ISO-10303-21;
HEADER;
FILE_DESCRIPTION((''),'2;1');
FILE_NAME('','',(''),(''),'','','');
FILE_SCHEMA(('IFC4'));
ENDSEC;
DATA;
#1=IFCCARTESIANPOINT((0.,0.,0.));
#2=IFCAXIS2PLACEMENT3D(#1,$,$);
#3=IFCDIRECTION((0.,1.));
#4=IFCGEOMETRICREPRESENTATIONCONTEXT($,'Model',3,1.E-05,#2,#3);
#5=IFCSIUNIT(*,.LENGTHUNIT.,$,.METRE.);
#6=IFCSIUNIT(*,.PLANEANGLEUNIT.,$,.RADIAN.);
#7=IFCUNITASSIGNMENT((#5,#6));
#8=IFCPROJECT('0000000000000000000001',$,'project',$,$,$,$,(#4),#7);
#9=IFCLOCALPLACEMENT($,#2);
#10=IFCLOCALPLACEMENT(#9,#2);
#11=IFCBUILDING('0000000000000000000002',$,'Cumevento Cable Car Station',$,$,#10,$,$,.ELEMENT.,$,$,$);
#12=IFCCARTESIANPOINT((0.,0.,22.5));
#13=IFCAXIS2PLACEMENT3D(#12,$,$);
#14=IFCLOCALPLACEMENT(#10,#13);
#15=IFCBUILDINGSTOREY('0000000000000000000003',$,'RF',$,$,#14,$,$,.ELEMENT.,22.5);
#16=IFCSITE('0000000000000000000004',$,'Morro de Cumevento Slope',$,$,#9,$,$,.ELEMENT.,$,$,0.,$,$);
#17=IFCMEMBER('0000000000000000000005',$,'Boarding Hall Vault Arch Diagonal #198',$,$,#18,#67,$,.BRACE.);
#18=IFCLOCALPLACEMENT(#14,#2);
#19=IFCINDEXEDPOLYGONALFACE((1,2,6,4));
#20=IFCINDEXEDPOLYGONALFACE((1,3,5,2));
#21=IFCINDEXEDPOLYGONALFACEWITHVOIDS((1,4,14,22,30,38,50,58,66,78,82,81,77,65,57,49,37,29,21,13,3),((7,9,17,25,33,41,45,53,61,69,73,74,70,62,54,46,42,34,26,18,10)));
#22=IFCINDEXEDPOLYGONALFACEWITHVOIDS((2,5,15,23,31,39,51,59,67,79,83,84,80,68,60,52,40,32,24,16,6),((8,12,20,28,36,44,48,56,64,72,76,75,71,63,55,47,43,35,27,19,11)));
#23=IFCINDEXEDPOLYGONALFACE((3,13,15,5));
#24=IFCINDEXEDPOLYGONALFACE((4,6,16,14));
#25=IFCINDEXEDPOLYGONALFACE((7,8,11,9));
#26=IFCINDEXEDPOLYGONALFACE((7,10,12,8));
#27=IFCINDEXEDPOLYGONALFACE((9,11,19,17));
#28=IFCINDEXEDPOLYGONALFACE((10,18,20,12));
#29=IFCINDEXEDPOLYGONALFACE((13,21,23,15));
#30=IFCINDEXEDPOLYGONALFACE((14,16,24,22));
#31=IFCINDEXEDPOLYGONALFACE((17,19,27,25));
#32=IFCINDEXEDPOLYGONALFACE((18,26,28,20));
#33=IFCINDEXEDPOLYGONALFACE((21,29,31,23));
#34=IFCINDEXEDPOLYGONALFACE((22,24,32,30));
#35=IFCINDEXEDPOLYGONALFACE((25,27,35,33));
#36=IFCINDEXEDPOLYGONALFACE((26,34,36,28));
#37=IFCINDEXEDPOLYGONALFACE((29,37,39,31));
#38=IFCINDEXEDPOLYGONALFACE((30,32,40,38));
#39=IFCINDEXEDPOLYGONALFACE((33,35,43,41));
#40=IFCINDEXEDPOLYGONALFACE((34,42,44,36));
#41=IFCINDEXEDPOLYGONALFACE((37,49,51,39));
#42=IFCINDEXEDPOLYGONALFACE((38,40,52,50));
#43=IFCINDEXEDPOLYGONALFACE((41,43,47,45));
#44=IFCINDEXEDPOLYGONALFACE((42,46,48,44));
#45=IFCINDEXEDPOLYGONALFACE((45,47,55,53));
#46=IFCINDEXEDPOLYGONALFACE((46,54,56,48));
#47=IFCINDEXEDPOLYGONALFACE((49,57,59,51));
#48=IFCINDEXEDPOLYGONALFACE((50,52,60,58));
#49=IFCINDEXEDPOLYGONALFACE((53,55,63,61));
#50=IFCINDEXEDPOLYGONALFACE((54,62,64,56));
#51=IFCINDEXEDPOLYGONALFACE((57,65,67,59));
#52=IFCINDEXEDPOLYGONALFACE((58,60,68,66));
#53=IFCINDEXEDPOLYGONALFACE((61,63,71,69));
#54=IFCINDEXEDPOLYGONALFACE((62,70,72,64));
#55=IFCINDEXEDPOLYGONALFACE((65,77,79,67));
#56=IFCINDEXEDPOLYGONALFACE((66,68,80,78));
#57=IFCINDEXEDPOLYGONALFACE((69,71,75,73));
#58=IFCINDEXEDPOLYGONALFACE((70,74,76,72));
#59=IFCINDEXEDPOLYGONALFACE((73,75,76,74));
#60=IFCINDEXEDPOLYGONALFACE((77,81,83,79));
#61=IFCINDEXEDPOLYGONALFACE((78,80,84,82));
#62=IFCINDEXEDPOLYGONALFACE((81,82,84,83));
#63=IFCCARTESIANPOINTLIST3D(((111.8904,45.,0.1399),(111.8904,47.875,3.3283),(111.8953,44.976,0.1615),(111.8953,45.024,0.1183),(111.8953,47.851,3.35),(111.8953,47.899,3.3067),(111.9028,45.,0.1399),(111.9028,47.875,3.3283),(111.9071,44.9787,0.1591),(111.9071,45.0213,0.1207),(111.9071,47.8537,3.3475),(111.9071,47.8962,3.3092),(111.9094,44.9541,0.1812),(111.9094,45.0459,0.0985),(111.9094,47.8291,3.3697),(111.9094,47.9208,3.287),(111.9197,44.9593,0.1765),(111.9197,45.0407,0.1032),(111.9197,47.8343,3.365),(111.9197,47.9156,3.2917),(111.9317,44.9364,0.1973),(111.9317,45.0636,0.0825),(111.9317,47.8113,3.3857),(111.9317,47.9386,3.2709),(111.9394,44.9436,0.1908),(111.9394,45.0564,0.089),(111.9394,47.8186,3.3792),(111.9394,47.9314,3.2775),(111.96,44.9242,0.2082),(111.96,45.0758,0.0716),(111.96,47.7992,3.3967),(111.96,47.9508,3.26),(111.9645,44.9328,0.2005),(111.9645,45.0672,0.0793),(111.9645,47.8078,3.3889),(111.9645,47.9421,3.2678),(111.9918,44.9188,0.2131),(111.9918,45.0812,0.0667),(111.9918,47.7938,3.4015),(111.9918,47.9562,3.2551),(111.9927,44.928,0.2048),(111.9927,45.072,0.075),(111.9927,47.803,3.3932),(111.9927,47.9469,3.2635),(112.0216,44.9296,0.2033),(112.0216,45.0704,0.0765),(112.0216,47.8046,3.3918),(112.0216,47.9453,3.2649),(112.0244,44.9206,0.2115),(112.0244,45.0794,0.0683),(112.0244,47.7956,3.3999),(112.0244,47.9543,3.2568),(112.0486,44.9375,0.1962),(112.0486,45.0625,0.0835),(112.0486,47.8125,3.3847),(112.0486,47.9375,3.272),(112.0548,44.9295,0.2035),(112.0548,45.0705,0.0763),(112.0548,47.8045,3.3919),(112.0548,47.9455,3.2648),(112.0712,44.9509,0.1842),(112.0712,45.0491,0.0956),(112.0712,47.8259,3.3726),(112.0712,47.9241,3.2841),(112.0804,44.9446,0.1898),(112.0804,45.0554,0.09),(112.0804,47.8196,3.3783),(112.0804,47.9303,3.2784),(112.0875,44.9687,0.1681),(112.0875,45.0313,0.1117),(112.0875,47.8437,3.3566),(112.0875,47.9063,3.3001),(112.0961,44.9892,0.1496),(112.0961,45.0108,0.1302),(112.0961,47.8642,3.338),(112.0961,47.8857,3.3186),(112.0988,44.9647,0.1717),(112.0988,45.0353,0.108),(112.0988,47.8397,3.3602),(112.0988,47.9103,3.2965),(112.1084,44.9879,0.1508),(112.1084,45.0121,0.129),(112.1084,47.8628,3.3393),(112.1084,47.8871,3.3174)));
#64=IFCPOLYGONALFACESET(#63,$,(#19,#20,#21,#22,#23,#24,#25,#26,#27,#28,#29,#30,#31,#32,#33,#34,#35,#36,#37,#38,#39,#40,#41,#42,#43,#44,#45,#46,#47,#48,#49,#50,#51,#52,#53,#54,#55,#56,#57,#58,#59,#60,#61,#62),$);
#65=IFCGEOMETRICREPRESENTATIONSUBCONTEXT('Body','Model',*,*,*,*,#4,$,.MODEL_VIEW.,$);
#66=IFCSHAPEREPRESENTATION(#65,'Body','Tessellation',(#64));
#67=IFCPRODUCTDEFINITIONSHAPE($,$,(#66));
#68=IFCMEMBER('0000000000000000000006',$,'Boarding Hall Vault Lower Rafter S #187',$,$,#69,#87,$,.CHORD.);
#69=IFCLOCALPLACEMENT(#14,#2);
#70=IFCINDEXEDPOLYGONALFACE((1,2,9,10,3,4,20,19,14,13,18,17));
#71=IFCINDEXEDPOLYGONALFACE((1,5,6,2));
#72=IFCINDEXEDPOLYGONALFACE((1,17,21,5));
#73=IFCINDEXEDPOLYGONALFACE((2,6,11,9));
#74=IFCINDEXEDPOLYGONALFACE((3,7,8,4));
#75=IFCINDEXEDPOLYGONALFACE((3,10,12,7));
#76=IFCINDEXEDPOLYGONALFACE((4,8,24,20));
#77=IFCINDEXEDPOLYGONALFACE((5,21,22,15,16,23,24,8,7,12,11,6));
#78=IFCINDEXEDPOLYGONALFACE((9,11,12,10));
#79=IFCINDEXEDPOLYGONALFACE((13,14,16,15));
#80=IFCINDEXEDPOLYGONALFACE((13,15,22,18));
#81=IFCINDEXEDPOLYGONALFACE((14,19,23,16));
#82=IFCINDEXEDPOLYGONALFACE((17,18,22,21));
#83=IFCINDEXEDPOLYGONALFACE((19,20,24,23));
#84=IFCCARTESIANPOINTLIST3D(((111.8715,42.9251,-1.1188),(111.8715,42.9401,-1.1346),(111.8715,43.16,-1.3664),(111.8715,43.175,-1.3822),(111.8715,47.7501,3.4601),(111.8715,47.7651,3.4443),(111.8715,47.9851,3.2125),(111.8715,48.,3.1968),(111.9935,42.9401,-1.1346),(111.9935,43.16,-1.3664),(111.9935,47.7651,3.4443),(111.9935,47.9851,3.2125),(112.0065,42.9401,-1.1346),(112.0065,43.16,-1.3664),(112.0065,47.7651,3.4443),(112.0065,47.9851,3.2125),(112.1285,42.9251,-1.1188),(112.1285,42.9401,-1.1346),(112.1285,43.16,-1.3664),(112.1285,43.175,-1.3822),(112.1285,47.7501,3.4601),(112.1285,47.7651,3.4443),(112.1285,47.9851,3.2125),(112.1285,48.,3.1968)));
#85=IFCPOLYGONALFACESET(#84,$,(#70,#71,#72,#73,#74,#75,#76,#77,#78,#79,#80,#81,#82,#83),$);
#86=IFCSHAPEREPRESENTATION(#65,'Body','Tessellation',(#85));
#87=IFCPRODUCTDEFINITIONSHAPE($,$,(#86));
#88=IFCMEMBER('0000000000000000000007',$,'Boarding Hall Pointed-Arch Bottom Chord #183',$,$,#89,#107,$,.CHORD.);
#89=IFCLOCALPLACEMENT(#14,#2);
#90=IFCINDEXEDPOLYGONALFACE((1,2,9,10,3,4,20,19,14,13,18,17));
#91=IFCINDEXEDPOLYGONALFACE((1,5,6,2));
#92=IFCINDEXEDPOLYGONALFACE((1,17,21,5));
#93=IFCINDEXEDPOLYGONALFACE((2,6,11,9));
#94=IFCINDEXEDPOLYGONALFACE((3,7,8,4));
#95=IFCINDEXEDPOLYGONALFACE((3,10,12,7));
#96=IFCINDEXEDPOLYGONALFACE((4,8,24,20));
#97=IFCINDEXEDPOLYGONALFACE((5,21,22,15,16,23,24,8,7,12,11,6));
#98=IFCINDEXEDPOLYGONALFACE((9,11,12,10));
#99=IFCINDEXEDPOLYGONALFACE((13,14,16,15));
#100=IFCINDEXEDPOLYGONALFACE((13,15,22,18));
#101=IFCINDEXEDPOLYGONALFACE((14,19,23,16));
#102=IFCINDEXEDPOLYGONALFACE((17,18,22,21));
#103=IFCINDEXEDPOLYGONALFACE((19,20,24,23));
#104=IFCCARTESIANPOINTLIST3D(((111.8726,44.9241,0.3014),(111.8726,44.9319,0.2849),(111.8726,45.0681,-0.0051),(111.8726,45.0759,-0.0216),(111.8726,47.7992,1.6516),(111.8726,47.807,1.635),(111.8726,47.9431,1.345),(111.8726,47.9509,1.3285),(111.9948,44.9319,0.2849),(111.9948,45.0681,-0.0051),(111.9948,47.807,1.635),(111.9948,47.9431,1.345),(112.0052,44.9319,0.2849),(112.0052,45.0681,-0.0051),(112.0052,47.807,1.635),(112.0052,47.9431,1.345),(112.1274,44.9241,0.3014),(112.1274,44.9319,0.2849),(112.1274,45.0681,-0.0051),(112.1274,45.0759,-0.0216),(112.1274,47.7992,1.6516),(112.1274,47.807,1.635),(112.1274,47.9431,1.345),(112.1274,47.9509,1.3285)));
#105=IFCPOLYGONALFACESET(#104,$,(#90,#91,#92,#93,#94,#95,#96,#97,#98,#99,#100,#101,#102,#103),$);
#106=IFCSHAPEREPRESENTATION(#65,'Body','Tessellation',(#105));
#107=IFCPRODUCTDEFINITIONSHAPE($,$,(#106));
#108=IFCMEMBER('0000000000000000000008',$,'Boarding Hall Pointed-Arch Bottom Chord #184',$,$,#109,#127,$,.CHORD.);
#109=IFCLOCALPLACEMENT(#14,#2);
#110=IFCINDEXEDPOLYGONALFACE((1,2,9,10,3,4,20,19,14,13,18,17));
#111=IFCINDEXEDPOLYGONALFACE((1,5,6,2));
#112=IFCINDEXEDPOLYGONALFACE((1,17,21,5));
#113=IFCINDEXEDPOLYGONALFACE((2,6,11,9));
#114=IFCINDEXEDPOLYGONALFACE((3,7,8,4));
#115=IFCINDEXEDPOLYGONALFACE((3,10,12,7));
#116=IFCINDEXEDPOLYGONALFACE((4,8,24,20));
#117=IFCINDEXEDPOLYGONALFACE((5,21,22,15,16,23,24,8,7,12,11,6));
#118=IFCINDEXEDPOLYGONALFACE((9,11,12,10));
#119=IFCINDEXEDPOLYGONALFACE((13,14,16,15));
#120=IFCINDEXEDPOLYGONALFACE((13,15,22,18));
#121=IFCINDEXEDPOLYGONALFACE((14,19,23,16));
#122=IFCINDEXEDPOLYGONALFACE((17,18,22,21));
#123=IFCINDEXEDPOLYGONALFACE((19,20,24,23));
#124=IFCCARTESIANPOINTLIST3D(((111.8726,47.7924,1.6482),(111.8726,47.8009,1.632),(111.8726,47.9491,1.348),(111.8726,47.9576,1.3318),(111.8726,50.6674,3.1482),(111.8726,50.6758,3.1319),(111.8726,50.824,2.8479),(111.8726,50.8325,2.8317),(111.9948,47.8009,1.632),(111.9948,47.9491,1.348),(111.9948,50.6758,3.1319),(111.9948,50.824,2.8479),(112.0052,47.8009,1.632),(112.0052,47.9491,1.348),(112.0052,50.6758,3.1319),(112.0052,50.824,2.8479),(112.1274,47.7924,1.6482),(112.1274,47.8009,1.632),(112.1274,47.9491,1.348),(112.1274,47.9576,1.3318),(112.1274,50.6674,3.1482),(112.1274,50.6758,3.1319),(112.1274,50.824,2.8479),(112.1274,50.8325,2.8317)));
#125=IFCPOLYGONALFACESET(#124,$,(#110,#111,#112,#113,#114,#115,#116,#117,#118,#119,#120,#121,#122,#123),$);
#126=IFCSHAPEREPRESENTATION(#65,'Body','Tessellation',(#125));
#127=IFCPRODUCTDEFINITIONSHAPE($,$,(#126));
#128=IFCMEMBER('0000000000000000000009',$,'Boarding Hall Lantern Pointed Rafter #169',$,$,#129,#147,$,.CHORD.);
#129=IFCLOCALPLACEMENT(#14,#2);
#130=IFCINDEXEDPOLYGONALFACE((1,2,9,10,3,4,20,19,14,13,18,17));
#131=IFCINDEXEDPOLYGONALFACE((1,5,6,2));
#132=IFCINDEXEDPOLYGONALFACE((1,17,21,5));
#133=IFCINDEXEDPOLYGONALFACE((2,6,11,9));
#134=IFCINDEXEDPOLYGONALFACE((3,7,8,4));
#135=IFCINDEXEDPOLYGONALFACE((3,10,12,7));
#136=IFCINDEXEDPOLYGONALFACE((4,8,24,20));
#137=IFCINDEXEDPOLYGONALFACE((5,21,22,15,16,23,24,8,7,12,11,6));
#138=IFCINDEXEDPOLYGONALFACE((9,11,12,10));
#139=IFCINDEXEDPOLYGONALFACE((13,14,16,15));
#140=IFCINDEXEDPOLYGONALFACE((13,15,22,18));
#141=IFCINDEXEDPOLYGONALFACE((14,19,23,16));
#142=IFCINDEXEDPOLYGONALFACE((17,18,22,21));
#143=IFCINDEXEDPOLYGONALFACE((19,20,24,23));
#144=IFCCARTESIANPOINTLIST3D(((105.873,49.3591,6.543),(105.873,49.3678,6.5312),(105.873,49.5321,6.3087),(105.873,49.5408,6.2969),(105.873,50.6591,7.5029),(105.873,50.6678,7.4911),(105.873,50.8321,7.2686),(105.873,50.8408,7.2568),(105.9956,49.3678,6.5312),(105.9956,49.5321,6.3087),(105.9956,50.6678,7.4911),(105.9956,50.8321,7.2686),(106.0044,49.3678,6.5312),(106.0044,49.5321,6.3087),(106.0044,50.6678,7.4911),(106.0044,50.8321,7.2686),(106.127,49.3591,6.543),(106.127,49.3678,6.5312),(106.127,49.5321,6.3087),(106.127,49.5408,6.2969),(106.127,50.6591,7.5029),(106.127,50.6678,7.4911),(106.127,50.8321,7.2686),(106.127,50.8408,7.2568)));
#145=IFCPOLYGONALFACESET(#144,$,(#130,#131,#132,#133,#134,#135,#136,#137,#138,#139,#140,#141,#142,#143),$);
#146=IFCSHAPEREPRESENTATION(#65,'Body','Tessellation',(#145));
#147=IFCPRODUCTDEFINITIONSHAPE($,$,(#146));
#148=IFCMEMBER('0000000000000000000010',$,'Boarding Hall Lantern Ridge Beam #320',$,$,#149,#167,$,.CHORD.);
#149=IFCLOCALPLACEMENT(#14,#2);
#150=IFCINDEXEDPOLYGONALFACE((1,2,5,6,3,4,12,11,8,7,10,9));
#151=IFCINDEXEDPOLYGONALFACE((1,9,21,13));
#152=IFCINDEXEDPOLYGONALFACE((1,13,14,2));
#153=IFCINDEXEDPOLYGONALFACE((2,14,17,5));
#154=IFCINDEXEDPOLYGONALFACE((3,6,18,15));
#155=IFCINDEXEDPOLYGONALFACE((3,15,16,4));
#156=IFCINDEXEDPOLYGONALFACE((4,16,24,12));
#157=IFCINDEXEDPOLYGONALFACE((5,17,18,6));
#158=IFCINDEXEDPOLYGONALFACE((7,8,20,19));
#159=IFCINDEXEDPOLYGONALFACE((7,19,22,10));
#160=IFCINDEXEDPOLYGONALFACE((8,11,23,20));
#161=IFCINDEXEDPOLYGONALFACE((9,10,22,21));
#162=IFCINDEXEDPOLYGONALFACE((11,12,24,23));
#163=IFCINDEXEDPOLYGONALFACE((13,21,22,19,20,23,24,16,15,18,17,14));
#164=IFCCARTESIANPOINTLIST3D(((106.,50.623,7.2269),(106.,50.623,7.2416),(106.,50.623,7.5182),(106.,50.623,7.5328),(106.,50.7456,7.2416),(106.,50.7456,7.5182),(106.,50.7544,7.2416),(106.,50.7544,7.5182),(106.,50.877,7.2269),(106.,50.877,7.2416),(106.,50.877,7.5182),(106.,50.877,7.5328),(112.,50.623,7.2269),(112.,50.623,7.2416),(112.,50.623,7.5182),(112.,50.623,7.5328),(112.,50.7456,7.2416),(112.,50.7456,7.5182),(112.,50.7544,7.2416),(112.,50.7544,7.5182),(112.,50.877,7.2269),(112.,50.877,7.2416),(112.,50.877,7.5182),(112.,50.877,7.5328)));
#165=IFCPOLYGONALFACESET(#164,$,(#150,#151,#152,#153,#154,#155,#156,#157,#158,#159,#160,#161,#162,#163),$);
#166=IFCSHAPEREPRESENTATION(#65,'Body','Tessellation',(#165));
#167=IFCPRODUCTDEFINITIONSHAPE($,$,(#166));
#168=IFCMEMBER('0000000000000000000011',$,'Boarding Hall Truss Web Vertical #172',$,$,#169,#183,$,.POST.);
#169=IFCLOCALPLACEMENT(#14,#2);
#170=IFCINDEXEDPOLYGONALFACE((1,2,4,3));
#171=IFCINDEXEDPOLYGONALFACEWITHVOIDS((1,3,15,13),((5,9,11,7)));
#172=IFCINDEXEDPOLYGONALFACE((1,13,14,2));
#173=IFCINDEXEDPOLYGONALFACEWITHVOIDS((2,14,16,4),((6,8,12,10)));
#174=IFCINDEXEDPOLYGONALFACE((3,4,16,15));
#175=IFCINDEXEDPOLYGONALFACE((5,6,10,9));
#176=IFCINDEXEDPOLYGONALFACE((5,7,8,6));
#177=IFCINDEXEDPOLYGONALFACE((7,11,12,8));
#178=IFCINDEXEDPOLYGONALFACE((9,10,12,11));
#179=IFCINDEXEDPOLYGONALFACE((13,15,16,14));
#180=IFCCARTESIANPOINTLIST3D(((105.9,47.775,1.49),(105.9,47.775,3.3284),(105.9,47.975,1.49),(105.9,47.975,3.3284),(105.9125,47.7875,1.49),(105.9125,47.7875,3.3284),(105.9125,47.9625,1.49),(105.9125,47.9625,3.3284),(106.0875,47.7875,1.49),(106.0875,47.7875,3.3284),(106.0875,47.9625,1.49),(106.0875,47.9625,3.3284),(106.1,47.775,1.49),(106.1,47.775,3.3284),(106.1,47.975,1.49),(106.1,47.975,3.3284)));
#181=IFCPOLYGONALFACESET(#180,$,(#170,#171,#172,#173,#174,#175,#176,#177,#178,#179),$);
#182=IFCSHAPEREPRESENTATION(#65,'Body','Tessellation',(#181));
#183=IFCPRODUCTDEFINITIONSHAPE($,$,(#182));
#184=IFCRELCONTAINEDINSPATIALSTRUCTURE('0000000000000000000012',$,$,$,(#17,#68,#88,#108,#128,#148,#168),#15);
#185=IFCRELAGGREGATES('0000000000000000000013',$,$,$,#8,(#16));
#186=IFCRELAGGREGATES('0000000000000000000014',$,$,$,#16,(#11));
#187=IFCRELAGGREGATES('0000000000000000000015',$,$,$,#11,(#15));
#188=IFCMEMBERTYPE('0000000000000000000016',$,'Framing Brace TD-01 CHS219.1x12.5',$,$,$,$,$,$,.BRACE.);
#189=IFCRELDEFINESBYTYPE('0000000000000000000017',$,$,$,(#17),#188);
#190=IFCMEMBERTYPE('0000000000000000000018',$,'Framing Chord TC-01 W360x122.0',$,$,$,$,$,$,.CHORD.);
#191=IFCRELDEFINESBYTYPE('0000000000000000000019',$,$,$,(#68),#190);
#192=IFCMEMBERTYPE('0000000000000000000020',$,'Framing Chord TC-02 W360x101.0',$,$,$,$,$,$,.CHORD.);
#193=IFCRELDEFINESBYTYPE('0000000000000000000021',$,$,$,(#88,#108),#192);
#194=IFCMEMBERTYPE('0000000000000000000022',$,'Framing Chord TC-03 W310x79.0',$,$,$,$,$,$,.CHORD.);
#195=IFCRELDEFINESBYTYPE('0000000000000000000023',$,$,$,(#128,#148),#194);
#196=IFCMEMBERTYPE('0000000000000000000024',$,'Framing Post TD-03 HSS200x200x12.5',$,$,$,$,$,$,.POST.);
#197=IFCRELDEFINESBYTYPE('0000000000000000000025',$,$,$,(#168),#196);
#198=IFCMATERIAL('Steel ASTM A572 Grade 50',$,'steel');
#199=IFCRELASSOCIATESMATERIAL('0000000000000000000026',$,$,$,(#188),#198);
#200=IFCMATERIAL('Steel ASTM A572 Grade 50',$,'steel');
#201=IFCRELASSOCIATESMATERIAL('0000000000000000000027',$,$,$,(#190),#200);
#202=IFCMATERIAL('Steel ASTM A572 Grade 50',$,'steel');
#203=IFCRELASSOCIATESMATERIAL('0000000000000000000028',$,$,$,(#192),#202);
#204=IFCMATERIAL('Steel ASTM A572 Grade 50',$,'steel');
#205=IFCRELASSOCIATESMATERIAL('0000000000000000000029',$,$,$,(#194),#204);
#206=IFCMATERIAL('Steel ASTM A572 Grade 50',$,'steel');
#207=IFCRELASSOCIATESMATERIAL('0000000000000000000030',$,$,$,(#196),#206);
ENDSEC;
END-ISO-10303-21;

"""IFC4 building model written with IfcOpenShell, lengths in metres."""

from ifc_helpers import new_model, si_unit, direction, frame, origin, origin_2d, place, context, subcontext, project, spatial, hollow_rectangle, hollow_circle, i_section, extrude, material, material_profile, profile_set, type_object, element, save


model = new_model("IFC4")

# Units and contexts
model_context = context("Model", 3, precision=1e-05, world=origin(), true_north=direction((0.0, 1.0)))
body_context = subcontext(model_context, "Body", "Model", "MODEL_VIEW")
ifc_project = project(units=[si_unit("LENGTHUNIT", "METRE"), si_unit("PLANEANGLEUNIT", "RADIAN")], contexts=[model_context])

# Site, building, storey
site_placement = place(None, origin())
site = spatial("IfcSite", under=ifc_project, at=site_placement, Name="Morro de Cumevento Slope", CompositionType="ELEMENT", RefElevation=0.0)
building_placement = place(site_placement, origin())
building = spatial("IfcBuilding", under=site, at=building_placement, Name="Cumevento Cable Car Station", CompositionType="ELEMENT")
storey_placement = place(building_placement, frame((0.0, 0.0, 22.5)))
storey = spatial("IfcBuildingStorey", under=building, at=storey_placement, Name="RF", CompositionType="ELEMENT", Elevation=22.5)

# Members
ifc_material_1 = material(Name="Steel ASTM A572 Grade 50", Category="steel")
ifc_material_profile_1 = material_profile(ifc_material_1, hollow_circle(Radius=0.1096, WallThickness=0.0125, at=origin_2d()), Name="CHS219.1x12.5")
ifc_profile_set_1 = profile_set([ifc_material_profile_1], Name="Steel ASTM A572 Grade 50")
member_type_1 = type_object("IfcMemberType", Name="Framing Brace TD-01 CHS219.1x12.5", PredefinedType="BRACE", material=ifc_profile_set_1)
member_1_placement = place(storey_placement, frame((112.0, 45.0, 0.1399), z_axis=(0.0, 0.669656, 0.742672), x_axis=(-1.0, 0.0, 0.0)))
element("IfcMember", 1, at=member_1_placement, inside=storey, type_object=member_type_1, Name="Boarding Hall Vault Arch Diagonal #198", PredefinedType="BRACE", context=body_context, shape_type="SweptSolid", body=[
    extrude(hollow_circle(Radius=0.1096, WallThickness=0.0125, at=origin_2d()), origin(), (0.0, 0.0, 1.0), 4.2932),
])
ifc_material_2 = material(Name="Steel ASTM A572 Grade 50", Category="steel")
ifc_material_profile_2 = material_profile(ifc_material_2, i_section(OverallWidth=0.2571, OverallDepth=0.363, WebThickness=0.0129, FlangeThickness=0.0217, at=origin_2d()), Name="W360x122.0")
ifc_profile_set_2 = profile_set([ifc_material_profile_2], Name="Steel ASTM A572 Grade 50")
member_type_2 = type_object("IfcMemberType", Name="Framing Chord TC-01 W360x122.0", PredefinedType="CHORD", material=ifc_profile_set_2)
member_2_placement = place(storey_placement, frame((112.0, 43.05, -1.2505), z_axis=(0.0, 0.725363, 0.688366), x_axis=(-1.0, 0.0, 0.0)))
element("IfcMember", 2, at=member_2_placement, inside=storey, type_object=member_type_2, Name="Boarding Hall Vault Lower Rafter S #187", PredefinedType="CHORD", context=body_context, shape_type="SweptSolid", body=[
    extrude(i_section(OverallWidth=0.2571, OverallDepth=0.363, WebThickness=0.0129, FlangeThickness=0.0217, at=origin_2d()), origin(), (0.0, 0.0, 1.0), 6.6519),
])
ifc_material_3 = material(Name="Steel ASTM A572 Grade 50", Category="steel")
ifc_material_profile_3 = material_profile(ifc_material_3, i_section(OverallWidth=0.2549, OverallDepth=0.3569, WebThickness=0.0105, FlangeThickness=0.0183, at=origin_2d()), Name="W360x101.0")
ifc_profile_set_3 = profile_set([ifc_material_profile_3], Name="Steel ASTM A572 Grade 50")
member_type_3 = type_object("IfcMemberType", Name="Framing Chord TC-02 W360x101.0", PredefinedType="CHORD", material=ifc_profile_set_3)
member_3_placement = place(storey_placement, frame((112.0, 45.0, 0.1399), z_axis=(0.0, 0.905163, 0.425064), x_axis=(-1.0, 0.0, 0.0)))
element("IfcMember", 3, at=member_3_placement, inside=storey, type_object=member_type_3, Name="Boarding Hall Pointed-Arch Bottom Chord #183", PredefinedType="CHORD", context=body_context, shape_type="SweptSolid", body=[
    extrude(i_section(OverallWidth=0.2549, OverallDepth=0.3569, WebThickness=0.0105, FlangeThickness=0.0183, at=origin_2d()), origin(), (0.0, 0.0, 1.0), 3.1763),
])
member_4_placement = place(storey_placement, frame((112.0, 47.875, 1.49), z_axis=(0.0, 0.886585, 0.462566), x_axis=(-1.0, 0.0, 0.0)))
element("IfcMember", 4, at=member_4_placement, inside=storey, type_object=member_type_3, Name="Boarding Hall Pointed-Arch Bottom Chord #184", PredefinedType="CHORD", context=body_context, shape_type="SweptSolid", body=[
    extrude(i_section(OverallWidth=0.2549, OverallDepth=0.3569, WebThickness=0.0105, FlangeThickness=0.0183, at=origin_2d()), origin(), (0.0, 0.0, 1.0), 3.2427),
])
ifc_material_4 = material(Name="Steel ASTM A572 Grade 50", Category="steel")
ifc_material_profile_4 = material_profile(ifc_material_4, i_section(OverallWidth=0.2539, OverallDepth=0.3059, WebThickness=0.0088, FlangeThickness=0.0146, at=origin_2d()), Name="W310x79.0")
ifc_profile_set_4 = profile_set([ifc_material_profile_4], Name="Steel ASTM A572 Grade 50")
member_type_4 = type_object("IfcMemberType", Name="Framing Chord TC-03 W310x79.0", PredefinedType="CHORD", material=ifc_profile_set_4)
member_5_placement = place(storey_placement, frame((106.0, 49.45, 6.4199), z_axis=(0.0, 0.804455, 0.594013), x_axis=(-1.0, 0.0, 0.0)))
element("IfcMember", 5, at=member_5_placement, inside=storey, type_object=member_type_4, Name="Boarding Hall Lantern Pointed Rafter #169", PredefinedType="CHORD", context=body_context, shape_type="SweptSolid", body=[
    extrude(i_section(OverallWidth=0.2539, OverallDepth=0.3059, WebThickness=0.0088, FlangeThickness=0.0146, at=origin_2d()), origin(), (0.0, 0.0, 1.0), 1.616),
])
member_6_placement = place(storey_placement, frame((106.0, 50.75, 7.3799), z_axis=(1.0, 0.0, 0.0), x_axis=(0.0, 1.0, 0.0)))
element("IfcMember", 6, at=member_6_placement, inside=storey, type_object=member_type_4, Name="Boarding Hall Lantern Ridge Beam #320", PredefinedType="CHORD", context=body_context, shape_type="SweptSolid", body=[
    extrude(i_section(OverallWidth=0.2539, OverallDepth=0.3059, WebThickness=0.0088, FlangeThickness=0.0146, at=origin_2d()), origin(), (0.0, 0.0, 1.0), 6.0),
])
ifc_material_5 = material(Name="Steel ASTM A572 Grade 50", Category="steel")
ifc_material_profile_5 = material_profile(ifc_material_5, hollow_rectangle(XDim=0.2, YDim=0.2, WallThickness=0.0125, at=origin_2d()), Name="HSS200x200x12.5")
ifc_profile_set_5 = profile_set([ifc_material_profile_5], Name="Steel ASTM A572 Grade 50")
member_type_5 = type_object("IfcMemberType", Name="Framing Post TD-03 HSS200x200x12.5", PredefinedType="POST", material=ifc_profile_set_5)
member_7_placement = place(storey_placement, frame((106.0, 47.875, 1.49), z_axis=(0.0, 0.0, 1.0), x_axis=(1.0, 0.0, 0.0)))
element("IfcMember", 7, at=member_7_placement, inside=storey, type_object=member_type_5, Name="Boarding Hall Truss Web Vertical #172", PredefinedType="POST", context=body_context, shape_type="SweptSolid", body=[
    extrude(hollow_rectangle(XDim=0.2, YDim=0.2, WallThickness=0.0125, at=origin_2d()), origin(), (0.0, 0.0, 1.0), 1.8384),
])

save(model, "model.ifc")
